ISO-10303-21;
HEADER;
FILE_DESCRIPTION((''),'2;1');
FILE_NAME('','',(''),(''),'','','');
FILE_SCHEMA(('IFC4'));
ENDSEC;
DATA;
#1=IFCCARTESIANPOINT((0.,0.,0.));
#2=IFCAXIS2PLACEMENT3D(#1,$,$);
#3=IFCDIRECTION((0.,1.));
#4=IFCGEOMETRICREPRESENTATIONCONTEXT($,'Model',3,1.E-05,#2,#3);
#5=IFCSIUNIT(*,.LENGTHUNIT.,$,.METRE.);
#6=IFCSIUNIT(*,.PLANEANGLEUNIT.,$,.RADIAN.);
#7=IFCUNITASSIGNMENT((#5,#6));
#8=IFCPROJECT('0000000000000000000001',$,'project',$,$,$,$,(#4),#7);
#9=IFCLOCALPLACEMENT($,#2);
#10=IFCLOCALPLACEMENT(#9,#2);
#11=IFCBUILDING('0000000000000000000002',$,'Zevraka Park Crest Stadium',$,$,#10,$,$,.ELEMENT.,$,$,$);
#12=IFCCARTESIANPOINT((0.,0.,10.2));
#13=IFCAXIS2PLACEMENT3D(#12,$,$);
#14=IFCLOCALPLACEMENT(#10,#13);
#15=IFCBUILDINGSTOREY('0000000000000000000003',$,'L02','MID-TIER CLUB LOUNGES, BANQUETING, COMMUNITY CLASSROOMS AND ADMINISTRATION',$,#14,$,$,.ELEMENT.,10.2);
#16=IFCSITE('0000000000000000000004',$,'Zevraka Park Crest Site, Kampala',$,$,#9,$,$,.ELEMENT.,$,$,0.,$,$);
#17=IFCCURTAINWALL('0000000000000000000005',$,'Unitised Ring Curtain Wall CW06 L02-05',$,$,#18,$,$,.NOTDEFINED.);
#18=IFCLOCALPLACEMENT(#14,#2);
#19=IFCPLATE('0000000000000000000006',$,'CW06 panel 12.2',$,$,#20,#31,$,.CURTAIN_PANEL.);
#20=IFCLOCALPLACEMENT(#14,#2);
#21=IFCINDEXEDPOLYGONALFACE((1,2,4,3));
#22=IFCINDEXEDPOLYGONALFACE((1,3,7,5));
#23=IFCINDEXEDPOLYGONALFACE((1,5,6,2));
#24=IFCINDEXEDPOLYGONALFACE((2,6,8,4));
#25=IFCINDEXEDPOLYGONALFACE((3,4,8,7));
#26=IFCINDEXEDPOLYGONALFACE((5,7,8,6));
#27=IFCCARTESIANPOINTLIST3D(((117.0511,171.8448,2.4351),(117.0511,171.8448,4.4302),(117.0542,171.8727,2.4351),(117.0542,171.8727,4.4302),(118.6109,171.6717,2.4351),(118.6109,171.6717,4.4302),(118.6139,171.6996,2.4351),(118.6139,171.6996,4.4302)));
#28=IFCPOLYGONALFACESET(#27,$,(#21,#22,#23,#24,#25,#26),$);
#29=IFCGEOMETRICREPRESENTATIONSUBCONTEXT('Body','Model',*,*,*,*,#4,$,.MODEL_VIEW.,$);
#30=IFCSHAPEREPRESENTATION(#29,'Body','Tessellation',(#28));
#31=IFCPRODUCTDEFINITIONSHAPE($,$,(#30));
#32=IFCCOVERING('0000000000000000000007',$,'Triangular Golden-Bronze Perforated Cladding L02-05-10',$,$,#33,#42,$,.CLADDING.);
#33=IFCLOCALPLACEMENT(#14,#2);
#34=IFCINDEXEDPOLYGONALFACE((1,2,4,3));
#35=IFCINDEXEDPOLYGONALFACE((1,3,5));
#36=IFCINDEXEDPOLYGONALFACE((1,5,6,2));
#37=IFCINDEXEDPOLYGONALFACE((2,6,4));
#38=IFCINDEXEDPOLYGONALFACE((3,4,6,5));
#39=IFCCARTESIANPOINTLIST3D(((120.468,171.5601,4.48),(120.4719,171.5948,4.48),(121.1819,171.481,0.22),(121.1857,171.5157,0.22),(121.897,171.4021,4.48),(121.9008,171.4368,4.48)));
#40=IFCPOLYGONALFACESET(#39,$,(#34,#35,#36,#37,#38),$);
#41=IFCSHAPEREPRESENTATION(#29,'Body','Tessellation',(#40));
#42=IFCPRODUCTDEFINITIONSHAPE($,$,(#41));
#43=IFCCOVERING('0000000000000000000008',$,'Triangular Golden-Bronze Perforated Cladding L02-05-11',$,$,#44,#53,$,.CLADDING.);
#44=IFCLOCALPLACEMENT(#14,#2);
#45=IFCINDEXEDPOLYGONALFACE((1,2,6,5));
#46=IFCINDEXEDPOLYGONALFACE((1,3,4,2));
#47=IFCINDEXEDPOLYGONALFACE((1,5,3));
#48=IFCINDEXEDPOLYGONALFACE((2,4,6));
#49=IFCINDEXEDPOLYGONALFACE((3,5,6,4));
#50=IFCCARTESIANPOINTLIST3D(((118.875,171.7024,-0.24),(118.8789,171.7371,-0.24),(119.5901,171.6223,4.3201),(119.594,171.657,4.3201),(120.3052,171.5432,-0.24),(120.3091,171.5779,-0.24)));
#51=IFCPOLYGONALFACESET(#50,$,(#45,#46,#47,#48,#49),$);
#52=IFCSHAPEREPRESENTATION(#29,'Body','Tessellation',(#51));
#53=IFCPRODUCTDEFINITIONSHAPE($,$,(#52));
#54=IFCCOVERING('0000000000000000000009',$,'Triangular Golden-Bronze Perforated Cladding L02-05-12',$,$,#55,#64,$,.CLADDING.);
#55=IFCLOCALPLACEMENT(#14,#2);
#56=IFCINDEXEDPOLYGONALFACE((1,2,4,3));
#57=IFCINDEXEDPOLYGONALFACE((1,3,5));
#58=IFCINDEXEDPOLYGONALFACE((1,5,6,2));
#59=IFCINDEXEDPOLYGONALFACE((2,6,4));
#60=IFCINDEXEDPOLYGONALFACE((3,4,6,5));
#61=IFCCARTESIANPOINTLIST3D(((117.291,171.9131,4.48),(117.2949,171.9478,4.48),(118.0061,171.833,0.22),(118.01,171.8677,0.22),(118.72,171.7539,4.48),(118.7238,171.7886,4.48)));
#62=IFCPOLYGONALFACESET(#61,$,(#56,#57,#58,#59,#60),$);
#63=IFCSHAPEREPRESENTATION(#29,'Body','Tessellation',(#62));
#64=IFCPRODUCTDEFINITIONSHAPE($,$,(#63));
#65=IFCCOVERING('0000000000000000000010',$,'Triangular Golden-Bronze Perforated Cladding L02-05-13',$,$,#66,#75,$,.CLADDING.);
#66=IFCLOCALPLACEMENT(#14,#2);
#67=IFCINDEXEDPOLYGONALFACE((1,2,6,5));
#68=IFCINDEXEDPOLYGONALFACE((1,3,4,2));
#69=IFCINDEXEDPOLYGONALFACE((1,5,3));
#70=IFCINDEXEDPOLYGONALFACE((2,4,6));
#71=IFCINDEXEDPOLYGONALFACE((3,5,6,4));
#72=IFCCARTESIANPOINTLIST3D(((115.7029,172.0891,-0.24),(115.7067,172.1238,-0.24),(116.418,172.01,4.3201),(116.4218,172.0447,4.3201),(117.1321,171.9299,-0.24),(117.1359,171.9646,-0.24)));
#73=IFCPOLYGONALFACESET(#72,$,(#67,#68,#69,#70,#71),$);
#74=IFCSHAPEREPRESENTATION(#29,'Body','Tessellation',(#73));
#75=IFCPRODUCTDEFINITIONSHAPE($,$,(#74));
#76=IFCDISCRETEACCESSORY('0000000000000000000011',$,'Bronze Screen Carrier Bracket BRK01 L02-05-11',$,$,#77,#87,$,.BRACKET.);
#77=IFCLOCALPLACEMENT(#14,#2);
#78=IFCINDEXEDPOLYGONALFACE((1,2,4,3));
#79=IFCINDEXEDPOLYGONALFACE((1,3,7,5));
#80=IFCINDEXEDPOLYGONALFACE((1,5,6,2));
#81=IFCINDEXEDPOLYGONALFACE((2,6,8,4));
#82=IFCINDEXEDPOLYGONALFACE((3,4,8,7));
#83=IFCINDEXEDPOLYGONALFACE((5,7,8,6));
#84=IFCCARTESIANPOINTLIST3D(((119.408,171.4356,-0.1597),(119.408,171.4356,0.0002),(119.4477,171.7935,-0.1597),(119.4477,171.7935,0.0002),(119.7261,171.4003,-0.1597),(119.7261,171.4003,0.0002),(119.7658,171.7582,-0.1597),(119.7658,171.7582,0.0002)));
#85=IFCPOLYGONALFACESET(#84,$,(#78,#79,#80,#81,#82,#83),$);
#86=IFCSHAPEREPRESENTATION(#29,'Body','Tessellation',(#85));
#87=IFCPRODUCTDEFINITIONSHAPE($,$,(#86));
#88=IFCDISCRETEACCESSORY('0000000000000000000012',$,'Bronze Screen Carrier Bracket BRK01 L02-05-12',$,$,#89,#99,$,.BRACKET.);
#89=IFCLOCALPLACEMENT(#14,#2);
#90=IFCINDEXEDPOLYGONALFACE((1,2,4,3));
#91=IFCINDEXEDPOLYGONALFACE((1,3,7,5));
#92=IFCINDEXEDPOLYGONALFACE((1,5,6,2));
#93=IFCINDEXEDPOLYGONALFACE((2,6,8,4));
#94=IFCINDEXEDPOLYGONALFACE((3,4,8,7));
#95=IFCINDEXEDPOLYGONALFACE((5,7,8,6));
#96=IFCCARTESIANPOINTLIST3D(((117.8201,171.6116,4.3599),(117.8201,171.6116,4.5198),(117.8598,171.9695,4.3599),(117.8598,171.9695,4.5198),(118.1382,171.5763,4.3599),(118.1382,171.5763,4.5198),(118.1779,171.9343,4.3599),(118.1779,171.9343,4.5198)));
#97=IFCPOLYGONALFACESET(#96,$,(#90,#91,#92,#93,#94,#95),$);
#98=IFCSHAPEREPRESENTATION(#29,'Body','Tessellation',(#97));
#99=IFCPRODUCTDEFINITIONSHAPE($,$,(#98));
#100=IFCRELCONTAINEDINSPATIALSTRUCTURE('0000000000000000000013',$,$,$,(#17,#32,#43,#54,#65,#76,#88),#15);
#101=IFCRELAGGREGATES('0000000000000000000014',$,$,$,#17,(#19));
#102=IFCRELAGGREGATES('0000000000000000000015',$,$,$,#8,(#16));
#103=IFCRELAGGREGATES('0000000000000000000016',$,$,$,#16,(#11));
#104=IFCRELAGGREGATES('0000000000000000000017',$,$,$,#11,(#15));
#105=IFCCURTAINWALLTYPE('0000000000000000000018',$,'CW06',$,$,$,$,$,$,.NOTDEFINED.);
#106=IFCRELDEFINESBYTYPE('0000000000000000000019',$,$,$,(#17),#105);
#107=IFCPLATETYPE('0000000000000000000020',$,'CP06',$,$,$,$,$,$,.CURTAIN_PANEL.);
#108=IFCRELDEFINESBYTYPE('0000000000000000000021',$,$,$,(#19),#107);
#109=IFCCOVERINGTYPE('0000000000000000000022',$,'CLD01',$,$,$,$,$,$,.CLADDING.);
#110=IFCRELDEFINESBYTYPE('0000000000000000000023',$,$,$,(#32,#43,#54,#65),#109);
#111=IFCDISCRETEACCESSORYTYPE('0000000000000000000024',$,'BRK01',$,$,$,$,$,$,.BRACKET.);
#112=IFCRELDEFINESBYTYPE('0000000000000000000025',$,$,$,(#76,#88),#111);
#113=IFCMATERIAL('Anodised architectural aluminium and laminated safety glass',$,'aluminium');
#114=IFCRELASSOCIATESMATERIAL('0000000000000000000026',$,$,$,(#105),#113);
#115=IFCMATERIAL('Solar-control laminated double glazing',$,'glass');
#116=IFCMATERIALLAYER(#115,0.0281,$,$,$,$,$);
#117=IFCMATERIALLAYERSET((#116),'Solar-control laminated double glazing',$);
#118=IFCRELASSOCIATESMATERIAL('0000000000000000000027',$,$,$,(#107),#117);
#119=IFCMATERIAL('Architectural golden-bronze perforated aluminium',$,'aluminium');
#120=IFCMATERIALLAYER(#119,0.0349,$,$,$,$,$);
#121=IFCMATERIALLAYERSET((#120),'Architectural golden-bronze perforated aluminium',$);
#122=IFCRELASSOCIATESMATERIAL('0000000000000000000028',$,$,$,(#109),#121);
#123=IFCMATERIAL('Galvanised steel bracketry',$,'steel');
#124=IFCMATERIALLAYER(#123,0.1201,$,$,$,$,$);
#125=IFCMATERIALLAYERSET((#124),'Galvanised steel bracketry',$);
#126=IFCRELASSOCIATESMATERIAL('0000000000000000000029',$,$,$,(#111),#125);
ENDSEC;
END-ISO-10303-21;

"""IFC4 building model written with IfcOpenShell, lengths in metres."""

from ifc_helpers import new_model, si_unit, direction, frame, origin, origin_2d, place, context, subcontext, project, spatial, polyline, rectangle, outline, extrude, material, layer, layer_set, type_object, element, aggregate, save


model = new_model("IFC4")

# Units and contexts
model_context = context("Model", 3, precision=1e-05, world=origin(), true_north=direction((0.0, 1.0)))
body_context = subcontext(model_context, "Body", "Model", "MODEL_VIEW")
ifc_project = project(units=[si_unit("LENGTHUNIT", "METRE"), si_unit("PLANEANGLEUNIT", "RADIAN")], contexts=[model_context])

# Site, building, storey
site_placement = place(None, origin())
site = spatial("IfcSite", under=ifc_project, at=site_placement, Name="Zevraka Park Crest Site, Kampala", CompositionType="ELEMENT", RefElevation=0.0)
building_placement = place(site_placement, origin())
building = spatial("IfcBuilding", under=site, at=building_placement, Name="Zevraka Park Crest Stadium", CompositionType="ELEMENT")
storey_placement = place(building_placement, frame((0.0, 0.0, 10.2)))
storey = spatial("IfcBuildingStorey", under=building, at=storey_placement, Name="L02", Description="MID-TIER CLUB LOUNGES, BANQUETING, COMMUNITY CLASSROOMS AND ADMINISTRATION", CompositionType="ELEMENT", Elevation=10.2)

# Curtain wall, plate
ifc_material_1 = material(Name="Anodised architectural aluminium and laminated safety glass", Category="aluminium")
curtain_wall_type = type_object("IfcCurtainWallType", Name="CW06", PredefinedType="NOTDEFINED", material=ifc_material_1)
curtain_wall_placement = place(storey_placement, origin())
curtain_wall = element("IfcCurtainWall", 1, at=curtain_wall_placement, inside=storey, type_object=curtain_wall_type, Name="Unitised Ring Curtain Wall CW06 L02-05", PredefinedType="NOTDEFINED")
ifc_material_2 = material(Name="Solar-control laminated double glazing", Category="glass")
ifc_layer_1 = layer(ifc_material_2, 0.0281)
ifc_layer_set_1 = layer_set([ifc_layer_1], Name="Solar-control laminated double glazing")
plate_type = type_object("IfcPlateType", Name="CP06", PredefinedType="CURTAIN_PANEL", material=ifc_layer_set_1)
plate_1_placement = place(storey_placement, frame((117.8325, 171.7722, 2.4351), z_axis=(0.0, 0.0, 1.0), x_axis=(-0.993899, 0.110293, 0.0)))
plate_1 = element("IfcPlate", 2, at=plate_1_placement, type_object=plate_type, Name="CW06 panel 12.2", PredefinedType="CURTAIN_PANEL", context=body_context, shape_type="SweptSolid", body=[
    extrude(rectangle(XDim=1.5693, YDim=0.0281, at=origin_2d()), origin(), (0.0, 0.0, 1.0), 1.9951),
])
aggregate(curtain_wall, [plate_1])

# Coverings
ifc_material_3 = material(Name="Architectural golden-bronze perforated aluminium", Category="aluminium")
ifc_layer_2 = layer(ifc_material_3, 0.0349)
ifc_layer_set_2 = layer_set([ifc_layer_2], Name="Architectural golden-bronze perforated aluminium")
covering_type = type_object("IfcCoveringType", Name="CLD01", PredefinedType="CLADDING", material=ifc_layer_set_2)
covering_1_placement = place(storey_placement, frame((120.468, 171.5601, 4.48), z_axis=(-0.109872, -0.993946, 0.000044), x_axis=(0.993946, -0.109872, 0.0)))
element("IfcCovering", 3, at=covering_1_placement, inside=storey, type_object=covering_type, Name="Triangular Golden-Bronze Perforated Cladding L02-05-10", PredefinedType="CLADDING", context=body_context, shape_type="SweptSolid", body=[
    extrude(outline(polyline([(0.0, 0.0), (1.4377, 0.0), (0.7182, -4.26), (0.0, 0.0)])), origin(), (0.0, 0.0, -1.0), 0.0349),
])
covering_2_placement = place(storey_placement, frame((120.3091, 171.5779, -0.24), z_axis=(0.110618, 0.993863, 0.000106), x_axis=(-0.993863, 0.110618, 0.0)))
element("IfcCovering", 4, at=covering_2_placement, inside=storey, type_object=covering_type, Name="Triangular Golden-Bronze Perforated Cladding L02-05-11", PredefinedType="CLADDING", context=body_context, shape_type="SweptSolid", body=[
    extrude(outline(polyline([(0.0, 0.0), (1.439, 0.0), (0.7194, 4.5601), (0.0, 0.0)])), origin(), (0.0, 0.0, -1.0), 0.0349),
])
covering_3_placement = place(storey_placement, frame((117.291, 171.9131, 4.48), z_axis=(-0.110711, -0.993853, 0.000098), x_axis=(0.993853, -0.110711, 0.0)))
element("IfcCovering", 5, at=covering_3_placement, inside=storey, type_object=covering_type, Name="Triangular Golden-Bronze Perforated Cladding L02-05-12", PredefinedType="CLADDING", context=body_context, shape_type="SweptSolid", body=[
    extrude(outline(polyline([(0.0, 0.0), (1.4378, 0.0), (0.7196, -4.26), (0.0, 0.0)])), origin(), (0.0, 0.0, -1.0), 0.0349),
])
covering_4_placement = place(storey_placement, frame((117.1321, 171.9299, -0.24), z_axis=(-0.110692, -0.993855, 0.000118), x_axis=(-0.993855, 0.110692, 0.0)))
element("IfcCovering", 6, at=covering_4_placement, inside=storey, type_object=covering_type, Name="Triangular Golden-Bronze Perforated Cladding L02-05-13", PredefinedType="CLADDING", context=body_context, shape_type="SweptSolid", body=[
    extrude(outline(polyline([(0.0, 0.0), (1.438, 0.0), (0.7186, -4.5601), (0.0, 0.0)])), origin(), (0.0, 0.0, -1.0), 0.0349),
])

# Discrete accessories
ifc_material_4 = material(Name="Galvanised steel bracketry", Category="steel")
ifc_layer_3 = layer(ifc_material_4, 0.1201)
ifc_layer_set_3 = layer_set([ifc_layer_3], Name="Galvanised steel bracketry")
discrete_accessory_type = type_object("IfcDiscreteAccessoryType", Name="BRK01", PredefinedType="BRACKET", material=ifc_layer_set_3)
for number, where, z_axis, x_axis, name in (
    (7, (119.5869, 171.5969, -0.1597), (0.0, 0.0, 1.0), (-0.993903, 0.110255, 0.0), "Bronze Screen Carrier Bracket BRK01 L02-05-11"),
    (8, (117.999, 171.7729, 4.3599), (0.0, 0.0, 1.0), (-0.993903, 0.110255, 0.0), "Bronze Screen Carrier Bracket BRK01 L02-05-12"),
):
    element("IfcDiscreteAccessory", number, at=place(storey_placement, frame(where, z_axis=z_axis, x_axis=x_axis)), inside=storey, type_object=discrete_accessory_type, Name=name, PredefinedType="BRACKET", context=body_context, shape_type="SweptSolid", body=[
        extrude(rectangle(XDim=0.3201, YDim=0.3601, at=origin_2d()), origin(), (0.0, 0.0, 1.0), 0.1599),
    ])

save(model, "model.ifc")
